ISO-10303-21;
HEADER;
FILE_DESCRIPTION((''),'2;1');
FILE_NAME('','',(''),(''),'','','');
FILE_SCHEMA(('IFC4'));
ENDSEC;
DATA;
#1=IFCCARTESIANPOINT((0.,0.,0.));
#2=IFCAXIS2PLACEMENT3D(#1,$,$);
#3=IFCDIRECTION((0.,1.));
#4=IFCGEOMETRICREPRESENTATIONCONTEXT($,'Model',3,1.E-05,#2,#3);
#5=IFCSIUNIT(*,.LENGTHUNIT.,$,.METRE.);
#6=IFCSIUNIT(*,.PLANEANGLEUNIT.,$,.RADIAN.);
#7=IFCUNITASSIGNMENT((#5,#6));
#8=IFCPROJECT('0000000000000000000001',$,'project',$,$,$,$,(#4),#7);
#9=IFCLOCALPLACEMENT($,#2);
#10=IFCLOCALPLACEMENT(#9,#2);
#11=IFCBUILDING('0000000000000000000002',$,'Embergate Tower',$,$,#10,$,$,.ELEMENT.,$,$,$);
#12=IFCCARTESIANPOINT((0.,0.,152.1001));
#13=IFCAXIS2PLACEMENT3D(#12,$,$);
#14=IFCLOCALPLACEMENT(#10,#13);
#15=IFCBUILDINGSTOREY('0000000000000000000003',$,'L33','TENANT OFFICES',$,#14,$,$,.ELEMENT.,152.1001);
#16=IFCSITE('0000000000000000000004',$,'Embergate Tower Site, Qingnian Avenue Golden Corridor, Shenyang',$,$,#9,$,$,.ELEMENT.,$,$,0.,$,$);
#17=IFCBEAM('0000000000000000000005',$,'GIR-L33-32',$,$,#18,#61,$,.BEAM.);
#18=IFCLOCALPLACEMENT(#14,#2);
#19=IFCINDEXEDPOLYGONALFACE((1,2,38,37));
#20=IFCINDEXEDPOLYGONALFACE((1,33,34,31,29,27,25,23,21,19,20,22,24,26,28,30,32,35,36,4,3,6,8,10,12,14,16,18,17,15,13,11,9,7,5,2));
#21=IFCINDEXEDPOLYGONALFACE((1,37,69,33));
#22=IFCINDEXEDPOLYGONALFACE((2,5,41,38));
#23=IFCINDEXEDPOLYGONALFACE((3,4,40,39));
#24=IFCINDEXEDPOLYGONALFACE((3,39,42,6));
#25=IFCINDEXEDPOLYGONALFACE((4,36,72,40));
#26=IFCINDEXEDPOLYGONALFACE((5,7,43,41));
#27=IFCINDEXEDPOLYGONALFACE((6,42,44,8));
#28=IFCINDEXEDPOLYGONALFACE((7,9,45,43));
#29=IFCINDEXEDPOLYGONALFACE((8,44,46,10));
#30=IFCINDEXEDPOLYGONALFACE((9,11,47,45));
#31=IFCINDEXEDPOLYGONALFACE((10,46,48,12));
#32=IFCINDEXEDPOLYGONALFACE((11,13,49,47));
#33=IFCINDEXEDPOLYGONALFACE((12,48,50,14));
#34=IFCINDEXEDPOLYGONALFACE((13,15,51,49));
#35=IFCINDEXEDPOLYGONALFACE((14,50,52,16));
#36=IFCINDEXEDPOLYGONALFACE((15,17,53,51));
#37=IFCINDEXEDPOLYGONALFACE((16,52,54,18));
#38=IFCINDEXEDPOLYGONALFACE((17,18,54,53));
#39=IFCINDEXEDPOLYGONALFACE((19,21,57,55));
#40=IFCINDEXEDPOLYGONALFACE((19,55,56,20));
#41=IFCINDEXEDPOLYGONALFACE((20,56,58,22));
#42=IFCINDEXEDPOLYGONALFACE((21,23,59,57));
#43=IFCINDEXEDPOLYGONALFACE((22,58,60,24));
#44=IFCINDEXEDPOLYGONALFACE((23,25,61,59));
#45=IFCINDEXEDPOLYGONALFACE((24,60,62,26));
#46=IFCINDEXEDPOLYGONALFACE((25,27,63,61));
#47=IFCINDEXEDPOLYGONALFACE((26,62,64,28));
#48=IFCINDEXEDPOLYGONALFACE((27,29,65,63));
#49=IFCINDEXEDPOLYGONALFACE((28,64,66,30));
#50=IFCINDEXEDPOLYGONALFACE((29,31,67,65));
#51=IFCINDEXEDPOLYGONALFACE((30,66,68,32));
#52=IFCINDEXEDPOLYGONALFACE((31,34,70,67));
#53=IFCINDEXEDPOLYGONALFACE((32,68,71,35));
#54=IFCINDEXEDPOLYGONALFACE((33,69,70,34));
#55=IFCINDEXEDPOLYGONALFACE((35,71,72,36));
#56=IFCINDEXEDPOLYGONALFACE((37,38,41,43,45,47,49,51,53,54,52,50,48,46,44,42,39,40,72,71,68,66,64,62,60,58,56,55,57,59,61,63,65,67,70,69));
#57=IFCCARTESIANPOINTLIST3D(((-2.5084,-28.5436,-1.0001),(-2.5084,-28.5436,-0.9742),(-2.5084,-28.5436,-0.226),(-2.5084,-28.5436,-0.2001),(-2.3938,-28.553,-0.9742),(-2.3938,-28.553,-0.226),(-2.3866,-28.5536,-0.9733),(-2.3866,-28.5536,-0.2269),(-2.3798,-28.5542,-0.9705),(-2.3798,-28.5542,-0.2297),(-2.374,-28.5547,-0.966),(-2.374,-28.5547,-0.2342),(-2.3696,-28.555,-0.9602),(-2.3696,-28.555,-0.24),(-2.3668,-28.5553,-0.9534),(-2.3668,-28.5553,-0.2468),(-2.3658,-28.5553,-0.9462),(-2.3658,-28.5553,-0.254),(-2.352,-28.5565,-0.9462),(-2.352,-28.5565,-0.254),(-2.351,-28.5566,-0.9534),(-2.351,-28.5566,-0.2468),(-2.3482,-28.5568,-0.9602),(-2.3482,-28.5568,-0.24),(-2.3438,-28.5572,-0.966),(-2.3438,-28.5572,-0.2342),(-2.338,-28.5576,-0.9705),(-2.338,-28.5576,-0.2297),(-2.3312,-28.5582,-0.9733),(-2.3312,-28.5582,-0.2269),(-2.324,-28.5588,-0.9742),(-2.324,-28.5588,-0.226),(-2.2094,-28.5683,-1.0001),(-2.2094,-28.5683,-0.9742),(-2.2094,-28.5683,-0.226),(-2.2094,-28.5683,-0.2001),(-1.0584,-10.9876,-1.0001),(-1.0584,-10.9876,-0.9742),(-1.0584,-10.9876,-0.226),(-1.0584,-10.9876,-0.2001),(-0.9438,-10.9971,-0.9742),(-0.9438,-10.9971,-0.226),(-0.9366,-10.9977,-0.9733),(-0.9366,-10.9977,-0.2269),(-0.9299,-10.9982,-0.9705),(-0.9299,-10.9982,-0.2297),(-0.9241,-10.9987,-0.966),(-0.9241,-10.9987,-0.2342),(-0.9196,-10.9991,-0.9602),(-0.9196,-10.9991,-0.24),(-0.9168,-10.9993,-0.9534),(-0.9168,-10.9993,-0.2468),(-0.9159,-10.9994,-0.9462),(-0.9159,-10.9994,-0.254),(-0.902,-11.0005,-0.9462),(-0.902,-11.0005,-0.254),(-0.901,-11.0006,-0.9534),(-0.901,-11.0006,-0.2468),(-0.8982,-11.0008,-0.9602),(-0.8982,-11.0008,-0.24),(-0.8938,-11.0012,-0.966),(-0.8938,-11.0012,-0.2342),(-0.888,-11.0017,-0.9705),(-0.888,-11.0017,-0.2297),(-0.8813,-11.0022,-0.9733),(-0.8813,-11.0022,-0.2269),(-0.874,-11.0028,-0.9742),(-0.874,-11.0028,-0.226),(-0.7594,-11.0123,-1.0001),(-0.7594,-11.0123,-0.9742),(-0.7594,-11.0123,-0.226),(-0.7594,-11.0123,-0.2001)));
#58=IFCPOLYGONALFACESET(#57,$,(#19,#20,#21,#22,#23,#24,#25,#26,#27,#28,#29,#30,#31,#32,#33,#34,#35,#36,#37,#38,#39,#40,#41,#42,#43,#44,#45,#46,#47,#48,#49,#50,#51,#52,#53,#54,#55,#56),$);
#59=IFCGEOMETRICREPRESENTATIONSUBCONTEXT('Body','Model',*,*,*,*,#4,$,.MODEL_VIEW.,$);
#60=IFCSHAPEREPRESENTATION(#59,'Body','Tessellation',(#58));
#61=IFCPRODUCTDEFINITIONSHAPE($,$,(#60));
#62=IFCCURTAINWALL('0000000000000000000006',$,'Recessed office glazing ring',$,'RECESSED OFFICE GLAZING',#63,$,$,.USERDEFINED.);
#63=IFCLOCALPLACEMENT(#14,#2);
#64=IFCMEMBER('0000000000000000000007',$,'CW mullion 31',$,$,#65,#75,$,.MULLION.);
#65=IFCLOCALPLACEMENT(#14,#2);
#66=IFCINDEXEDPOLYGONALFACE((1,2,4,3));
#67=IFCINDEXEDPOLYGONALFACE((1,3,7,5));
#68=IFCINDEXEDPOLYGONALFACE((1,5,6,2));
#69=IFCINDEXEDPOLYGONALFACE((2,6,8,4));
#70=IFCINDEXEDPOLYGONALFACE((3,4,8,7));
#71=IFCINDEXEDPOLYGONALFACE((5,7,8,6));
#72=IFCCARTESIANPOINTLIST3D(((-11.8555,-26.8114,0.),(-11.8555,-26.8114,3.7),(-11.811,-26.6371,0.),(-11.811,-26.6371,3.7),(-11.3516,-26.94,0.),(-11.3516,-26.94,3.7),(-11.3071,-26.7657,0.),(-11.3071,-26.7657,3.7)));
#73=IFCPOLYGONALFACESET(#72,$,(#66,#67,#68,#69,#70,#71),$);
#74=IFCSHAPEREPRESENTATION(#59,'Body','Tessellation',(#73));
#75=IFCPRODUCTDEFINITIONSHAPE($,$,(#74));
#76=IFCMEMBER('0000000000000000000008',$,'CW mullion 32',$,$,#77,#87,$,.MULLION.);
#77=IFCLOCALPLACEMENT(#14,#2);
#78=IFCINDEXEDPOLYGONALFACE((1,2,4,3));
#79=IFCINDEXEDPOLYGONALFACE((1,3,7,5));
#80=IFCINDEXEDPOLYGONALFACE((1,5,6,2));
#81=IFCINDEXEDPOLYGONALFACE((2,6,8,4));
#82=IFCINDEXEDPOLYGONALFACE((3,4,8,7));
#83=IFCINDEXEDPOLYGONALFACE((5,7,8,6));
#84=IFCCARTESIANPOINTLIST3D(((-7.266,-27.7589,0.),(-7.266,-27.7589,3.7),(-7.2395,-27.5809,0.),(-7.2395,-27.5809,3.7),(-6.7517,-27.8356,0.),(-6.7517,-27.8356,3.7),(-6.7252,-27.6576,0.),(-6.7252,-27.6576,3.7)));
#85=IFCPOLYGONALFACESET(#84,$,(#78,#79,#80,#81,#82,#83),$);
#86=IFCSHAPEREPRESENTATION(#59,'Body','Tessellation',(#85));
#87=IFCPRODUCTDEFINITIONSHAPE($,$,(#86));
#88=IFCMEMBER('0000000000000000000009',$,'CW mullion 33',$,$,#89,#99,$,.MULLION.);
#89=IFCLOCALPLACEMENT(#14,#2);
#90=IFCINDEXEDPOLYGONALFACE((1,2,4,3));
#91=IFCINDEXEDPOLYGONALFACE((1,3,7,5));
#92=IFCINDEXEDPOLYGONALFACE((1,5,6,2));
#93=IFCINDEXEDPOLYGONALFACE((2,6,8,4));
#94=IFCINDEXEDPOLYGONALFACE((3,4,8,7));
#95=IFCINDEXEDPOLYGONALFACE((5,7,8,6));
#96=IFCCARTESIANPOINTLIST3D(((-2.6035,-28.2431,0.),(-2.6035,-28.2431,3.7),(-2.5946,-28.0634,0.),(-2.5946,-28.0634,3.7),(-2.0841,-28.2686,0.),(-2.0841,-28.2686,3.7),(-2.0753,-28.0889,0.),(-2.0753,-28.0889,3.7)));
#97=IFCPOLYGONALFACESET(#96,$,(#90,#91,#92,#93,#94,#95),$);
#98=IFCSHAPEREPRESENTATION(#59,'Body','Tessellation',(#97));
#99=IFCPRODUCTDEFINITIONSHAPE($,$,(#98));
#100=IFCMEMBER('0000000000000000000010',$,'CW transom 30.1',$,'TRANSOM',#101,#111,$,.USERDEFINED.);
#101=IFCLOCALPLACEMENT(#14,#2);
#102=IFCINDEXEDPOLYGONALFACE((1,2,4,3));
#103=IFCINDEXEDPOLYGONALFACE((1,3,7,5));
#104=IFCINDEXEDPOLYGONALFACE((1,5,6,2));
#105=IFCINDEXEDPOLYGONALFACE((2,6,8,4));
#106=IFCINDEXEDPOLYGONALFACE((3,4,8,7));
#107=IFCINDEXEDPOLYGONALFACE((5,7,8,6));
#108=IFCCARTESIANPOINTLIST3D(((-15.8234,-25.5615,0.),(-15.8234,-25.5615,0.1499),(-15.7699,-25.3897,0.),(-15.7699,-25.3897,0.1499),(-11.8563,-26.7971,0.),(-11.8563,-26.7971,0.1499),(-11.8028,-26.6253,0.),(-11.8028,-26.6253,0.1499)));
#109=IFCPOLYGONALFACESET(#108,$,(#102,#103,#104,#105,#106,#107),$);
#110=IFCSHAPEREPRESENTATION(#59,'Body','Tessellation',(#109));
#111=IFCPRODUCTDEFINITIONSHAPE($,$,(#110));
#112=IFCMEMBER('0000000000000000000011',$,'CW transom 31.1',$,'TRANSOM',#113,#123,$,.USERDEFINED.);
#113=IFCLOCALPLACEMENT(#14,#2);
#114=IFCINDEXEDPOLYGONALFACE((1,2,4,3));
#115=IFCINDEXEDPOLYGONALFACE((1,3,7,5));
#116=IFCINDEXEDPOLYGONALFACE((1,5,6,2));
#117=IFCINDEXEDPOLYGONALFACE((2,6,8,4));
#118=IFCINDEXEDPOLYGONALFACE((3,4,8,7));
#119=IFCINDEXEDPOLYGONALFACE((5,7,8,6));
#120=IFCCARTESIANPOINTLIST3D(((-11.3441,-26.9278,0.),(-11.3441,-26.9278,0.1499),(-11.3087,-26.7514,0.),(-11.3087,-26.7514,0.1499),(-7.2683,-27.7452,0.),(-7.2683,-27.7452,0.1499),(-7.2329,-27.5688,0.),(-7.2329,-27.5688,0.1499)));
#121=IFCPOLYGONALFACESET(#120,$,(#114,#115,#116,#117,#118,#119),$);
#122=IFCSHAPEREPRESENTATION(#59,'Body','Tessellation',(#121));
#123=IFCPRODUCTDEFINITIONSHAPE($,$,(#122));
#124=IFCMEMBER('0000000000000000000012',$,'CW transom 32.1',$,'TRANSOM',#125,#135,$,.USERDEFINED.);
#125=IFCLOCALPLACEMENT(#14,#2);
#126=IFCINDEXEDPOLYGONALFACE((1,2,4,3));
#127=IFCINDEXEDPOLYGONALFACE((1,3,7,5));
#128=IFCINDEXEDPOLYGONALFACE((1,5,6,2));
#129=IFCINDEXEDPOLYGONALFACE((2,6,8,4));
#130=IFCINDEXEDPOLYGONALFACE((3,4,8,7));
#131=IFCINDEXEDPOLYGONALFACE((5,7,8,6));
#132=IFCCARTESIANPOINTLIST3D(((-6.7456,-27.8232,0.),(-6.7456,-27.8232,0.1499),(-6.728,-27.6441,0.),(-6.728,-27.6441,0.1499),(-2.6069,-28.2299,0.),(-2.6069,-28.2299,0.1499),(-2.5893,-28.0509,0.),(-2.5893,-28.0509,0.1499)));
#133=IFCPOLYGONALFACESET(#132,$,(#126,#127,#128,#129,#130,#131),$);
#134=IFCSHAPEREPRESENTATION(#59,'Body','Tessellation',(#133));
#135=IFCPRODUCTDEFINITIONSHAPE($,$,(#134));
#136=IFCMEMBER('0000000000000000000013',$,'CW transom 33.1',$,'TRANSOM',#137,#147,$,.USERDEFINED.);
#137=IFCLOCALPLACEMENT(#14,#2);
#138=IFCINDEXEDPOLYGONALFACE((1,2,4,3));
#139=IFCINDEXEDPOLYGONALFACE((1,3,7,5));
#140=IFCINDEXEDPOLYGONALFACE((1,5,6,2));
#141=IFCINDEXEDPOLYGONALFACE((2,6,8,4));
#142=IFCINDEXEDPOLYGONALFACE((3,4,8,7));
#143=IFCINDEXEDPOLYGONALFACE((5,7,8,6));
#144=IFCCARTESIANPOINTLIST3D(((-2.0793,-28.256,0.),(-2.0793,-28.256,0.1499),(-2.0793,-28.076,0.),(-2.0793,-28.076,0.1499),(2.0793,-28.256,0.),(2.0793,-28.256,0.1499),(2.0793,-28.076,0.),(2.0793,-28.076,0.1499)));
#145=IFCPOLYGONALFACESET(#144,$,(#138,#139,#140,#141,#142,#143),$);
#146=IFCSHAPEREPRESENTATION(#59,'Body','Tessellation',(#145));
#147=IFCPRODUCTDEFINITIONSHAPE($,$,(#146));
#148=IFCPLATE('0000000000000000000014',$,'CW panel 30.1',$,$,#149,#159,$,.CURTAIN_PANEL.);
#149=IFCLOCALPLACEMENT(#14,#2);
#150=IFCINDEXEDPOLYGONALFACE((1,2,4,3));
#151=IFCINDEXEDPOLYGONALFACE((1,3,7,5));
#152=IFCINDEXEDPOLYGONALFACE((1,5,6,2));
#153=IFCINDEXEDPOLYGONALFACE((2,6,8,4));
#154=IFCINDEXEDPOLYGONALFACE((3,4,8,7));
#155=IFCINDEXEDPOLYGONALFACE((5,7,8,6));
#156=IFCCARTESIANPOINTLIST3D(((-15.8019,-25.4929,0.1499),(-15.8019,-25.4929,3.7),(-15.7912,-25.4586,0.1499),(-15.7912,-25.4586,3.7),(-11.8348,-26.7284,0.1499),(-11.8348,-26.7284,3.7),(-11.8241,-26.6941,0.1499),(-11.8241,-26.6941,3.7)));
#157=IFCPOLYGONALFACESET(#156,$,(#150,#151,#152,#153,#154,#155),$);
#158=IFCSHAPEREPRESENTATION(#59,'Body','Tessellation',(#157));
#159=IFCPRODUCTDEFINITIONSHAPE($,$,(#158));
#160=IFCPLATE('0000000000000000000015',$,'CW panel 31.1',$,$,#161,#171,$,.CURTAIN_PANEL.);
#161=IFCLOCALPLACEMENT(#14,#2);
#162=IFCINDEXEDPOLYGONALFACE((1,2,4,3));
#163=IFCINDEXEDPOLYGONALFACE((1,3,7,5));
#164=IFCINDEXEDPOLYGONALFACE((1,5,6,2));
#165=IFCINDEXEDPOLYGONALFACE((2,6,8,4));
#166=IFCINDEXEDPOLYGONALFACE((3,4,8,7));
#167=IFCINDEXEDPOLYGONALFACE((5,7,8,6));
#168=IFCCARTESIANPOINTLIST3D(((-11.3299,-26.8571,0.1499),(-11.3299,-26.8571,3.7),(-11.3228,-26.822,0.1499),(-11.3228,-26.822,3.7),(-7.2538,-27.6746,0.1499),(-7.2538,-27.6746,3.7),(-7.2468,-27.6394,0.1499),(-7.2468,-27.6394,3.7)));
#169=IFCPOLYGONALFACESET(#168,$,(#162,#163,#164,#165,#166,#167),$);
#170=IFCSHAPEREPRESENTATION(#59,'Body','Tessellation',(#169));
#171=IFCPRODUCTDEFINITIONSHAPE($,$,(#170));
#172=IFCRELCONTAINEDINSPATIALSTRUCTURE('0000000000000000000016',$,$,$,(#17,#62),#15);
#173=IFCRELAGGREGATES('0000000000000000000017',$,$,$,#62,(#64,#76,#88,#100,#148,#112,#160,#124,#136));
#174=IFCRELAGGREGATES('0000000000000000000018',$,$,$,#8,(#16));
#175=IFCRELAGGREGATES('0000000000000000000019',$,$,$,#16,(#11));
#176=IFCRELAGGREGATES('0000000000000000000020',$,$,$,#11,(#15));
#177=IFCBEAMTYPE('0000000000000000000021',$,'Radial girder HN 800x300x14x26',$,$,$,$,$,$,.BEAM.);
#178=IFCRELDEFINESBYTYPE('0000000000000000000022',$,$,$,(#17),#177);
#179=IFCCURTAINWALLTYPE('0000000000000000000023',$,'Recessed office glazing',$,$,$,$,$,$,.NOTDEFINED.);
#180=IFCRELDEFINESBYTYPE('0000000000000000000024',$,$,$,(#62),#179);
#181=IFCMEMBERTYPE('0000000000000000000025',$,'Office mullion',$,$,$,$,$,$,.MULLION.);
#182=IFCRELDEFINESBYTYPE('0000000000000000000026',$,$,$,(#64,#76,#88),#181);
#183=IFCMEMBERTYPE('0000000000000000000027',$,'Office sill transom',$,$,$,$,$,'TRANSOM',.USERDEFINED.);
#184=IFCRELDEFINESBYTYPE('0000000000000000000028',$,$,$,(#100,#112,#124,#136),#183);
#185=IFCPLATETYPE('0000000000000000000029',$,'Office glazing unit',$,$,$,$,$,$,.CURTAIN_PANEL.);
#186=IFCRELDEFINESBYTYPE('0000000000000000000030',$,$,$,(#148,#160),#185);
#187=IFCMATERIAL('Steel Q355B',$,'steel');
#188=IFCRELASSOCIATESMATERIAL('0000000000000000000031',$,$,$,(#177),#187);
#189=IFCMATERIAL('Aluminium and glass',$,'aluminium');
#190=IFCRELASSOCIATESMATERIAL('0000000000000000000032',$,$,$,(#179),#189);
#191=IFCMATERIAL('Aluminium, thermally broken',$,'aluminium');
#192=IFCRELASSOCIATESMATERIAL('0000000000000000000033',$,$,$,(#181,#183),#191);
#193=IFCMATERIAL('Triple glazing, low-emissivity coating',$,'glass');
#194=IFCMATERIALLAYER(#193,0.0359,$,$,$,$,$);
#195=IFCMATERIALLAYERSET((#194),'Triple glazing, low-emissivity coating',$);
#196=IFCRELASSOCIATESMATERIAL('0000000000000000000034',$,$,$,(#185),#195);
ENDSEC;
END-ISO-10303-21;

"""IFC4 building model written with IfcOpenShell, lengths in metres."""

from ifc_helpers import new_model, si_unit, direction, frame, origin, origin_2d, place, context, subcontext, project, spatial, rectangle, i_section, extrude, source, transform, mapped, material, layer, layer_set, material_profile, profile_set, type_object, element, aggregate, save


model = new_model("IFC4")

# Units and contexts
model_context = context("Model", 3, precision=1e-05, world=origin(), true_north=direction((0.0, 1.0)))
body_context = subcontext(model_context, "Body", "Model", "MODEL_VIEW")
ifc_project = project(units=[si_unit("LENGTHUNIT", "METRE"), si_unit("PLANEANGLEUNIT", "RADIAN")], contexts=[model_context])

# Site, building, storey
site_placement = place(None, origin())
site = spatial("IfcSite", under=ifc_project, at=site_placement, Name="Embergate Tower Site, Qingnian Avenue Golden Corridor, Shenyang", CompositionType="ELEMENT", RefElevation=0.0)
building_placement = place(site_placement, origin())
building = spatial("IfcBuilding", under=site, at=building_placement, Name="Embergate Tower", CompositionType="ELEMENT")
storey_placement = place(building_placement, frame((0.0, 0.0, 152.1001)))
storey = spatial("IfcBuildingStorey", under=building, at=storey_placement, Name="L33", Description="TENANT OFFICES", CompositionType="ELEMENT", Elevation=152.1001)

# Beam
ifc_material_1 = material(Name="Steel Q355B", Category="steel")
ifc_material_profile_1 = material_profile(ifc_material_1, i_section(OverallWidth=0.3, OverallDepth=0.8, WebThickness=0.0139, FlangeThickness=0.0259, FilletRadius=0.0281, at=origin_2d()), Name="HN 800x300x14x26")
ifc_profile_set_1 = profile_set([ifc_material_profile_1], Name="Steel Q355 grade B")
beam_type_1 = type_object("IfcBeamType", Name="Radial girder HN 800x300x14x26", PredefinedType="BEAM", material=ifc_profile_set_1)
shared_shape_1 = source(origin(), body_context, "Body", "SweptSolid", [
    extrude(i_section(OverallWidth=0.3, OverallDepth=0.8, WebThickness=0.0139, FlangeThickness=0.0259, FilletRadius=0.0281, at=origin_2d()), origin(), (0.0, 0.0, 1.0), 17.6157),
])
beam_1_placement = place(storey_placement, frame((-2.3589, -28.5559, -0.6001), z_axis=(0.08231, 0.996607, 0.0), x_axis=(-0.996607, 0.08231, 0.0)))
element("IfcBeam", 1, at=beam_1_placement, inside=storey, type_object=beam_type_1, Name="GIR-L33-32", PredefinedType="BEAM", context=body_context, shape_type="MappedRepresentation", body=[
    mapped(shared_shape_1, transform((0.0, 0.0, 0.0))),
])

# Curtain wall, members
ifc_material_2 = material(Name="Aluminium and glass", Category="aluminium")
curtain_wall_type = type_object("IfcCurtainWallType", Name="Recessed office glazing", PredefinedType="NOTDEFINED", material=ifc_material_2)
curtain_wall_placement = place(storey_placement, origin())
curtain_wall = element("IfcCurtainWall", 2, at=curtain_wall_placement, inside=storey, type_object=curtain_wall_type, Name="Recessed office glazing ring", ObjectType="RECESSED OFFICE GLAZING", PredefinedType="USERDEFINED")
ifc_material_3 = material(Name="Aluminium, thermally broken", Category="aluminium")
ifc_material_profile_2 = material_profile(ifc_material_3, rectangle(XDim=0.1799, YDim=0.52, at=origin_2d()), Name="AL 520x180")
ifc_profile_set_2 = profile_set([ifc_material_profile_2], Name="Aluminium, thermally broken")
member_type_1 = type_object("IfcMemberType", Name="Office mullion", PredefinedType="MULLION", material=ifc_profile_set_2)
shared_shape_2 = source(origin(), body_context, "Body", "SweptSolid", [
    extrude(rectangle(XDim=0.1799, YDim=0.52, at=origin_2d()), origin(), (0.0, 0.0, 1.0), 3.7),
])
member_1_placement = place(storey_placement, frame((-11.5813, -26.7886, 0.0), z_axis=(0.0, 0.0, 1.0), x_axis=(0.247312, 0.968936, 0.0)))
member_1 = element("IfcMember", 3, at=member_1_placement, type_object=member_type_1, Name="CW mullion 31", PredefinedType="MULLION", context=body_context, shape_type="MappedRepresentation", body=[
    mapped(shared_shape_2, transform((0.0, 0.0, 0.0))),
])
member_2_placement = place(storey_placement, frame((-6.9956, -27.7083, 0.0), z_axis=(0.0, 0.0, 1.0), x_axis=(0.147412, 0.989075, 0.0)))
member_2 = element("IfcMember", 4, at=member_2_placement, type_object=member_type_1, Name="CW mullion 32", PredefinedType="MULLION", context=body_context, shape_type="MappedRepresentation", body=[
    mapped(shared_shape_2, transform((0.0, 0.0, 0.0))),
])
member_3_placement = place(storey_placement, frame((-2.3394, -28.166, 0.0), z_axis=(0.0, 0.0, 1.0), x_axis=(0.048972, 0.9988, 0.0)))
member_3 = element("IfcMember", 5, at=member_3_placement, type_object=member_type_1, Name="CW mullion 33", PredefinedType="MULLION", context=body_context, shape_type="MappedRepresentation", body=[
    mapped(shared_shape_2, transform((0.0, 0.0, 0.0))),
])
ifc_material_profile_3 = material_profile(ifc_material_3, rectangle(XDim=0.1799, YDim=0.1499, at=origin_2d()), Name="AL 150x180")
ifc_profile_set_3 = profile_set([ifc_material_profile_3], Name="Aluminium, thermally broken")
member_type_2 = type_object("IfcMemberType", Name="Office sill transom", ElementType="TRANSOM", PredefinedType="USERDEFINED", material=ifc_profile_set_3)
shared_shape_3 = source(origin(), body_context, "Body", "SweptSolid", [
    extrude(rectangle(XDim=0.1799, YDim=0.1499, at=origin_2d()), origin(), (0.0, 0.0, 1.0), 4.155),
])
member_4_placement = place(storey_placement, frame((-15.7966, -25.4756, 0.075), z_axis=(0.954761, -0.297375, 0.0), x_axis=(0.297375, 0.954761, 0.0)))
member_4 = element("IfcMember", 6, at=member_4_placement, type_object=member_type_2, Name="CW transom 30.1", ObjectType="TRANSOM", PredefinedType="USERDEFINED", context=body_context, shape_type="MappedRepresentation", body=[
    mapped(shared_shape_3, transform((0.0, 0.0, 0.0))),
])
shared_shape_4 = source(origin(), body_context, "Body", "SweptSolid", [
    extrude(rectangle(XDim=0.1799, YDim=0.1499, at=origin_2d()), origin(), (0.0, 0.0, 1.0), 4.157),
])
member_5_placement = place(storey_placement, frame((-11.3264, -26.8396, 0.075), z_axis=(0.980479, -0.196624, 0.0), x_axis=(0.196624, 0.980479, 0.0)))
member_5 = element("IfcMember", 7, at=member_5_placement, type_object=member_type_2, Name="CW transom 31.1", ObjectType="TRANSOM", PredefinedType="USERDEFINED", context=body_context, shape_type="MappedRepresentation", body=[
    mapped(shared_shape_4, transform((0.0, 0.0, 0.0))),
])
shared_shape_5 = source(origin(), body_context, "Body", "SweptSolid", [
    extrude(rectangle(XDim=0.1799, YDim=0.1499, at=origin_2d()), origin(), (0.0, 0.0, 1.0), 4.1587),
])
member_6_placement = place(storey_placement, frame((-6.7368, -27.7336, 0.075), z_axis=(0.995205, -0.097806, 0.0), x_axis=(0.097806, 0.995205, 0.0)))
member_6 = element("IfcMember", 8, at=member_6_placement, type_object=member_type_2, Name="CW transom 32.1", ObjectType="TRANSOM", PredefinedType="USERDEFINED", context=body_context, shape_type="MappedRepresentation", body=[
    mapped(shared_shape_5, transform((0.0, 0.0, 0.0))),
])
member_7_placement = place(storey_placement, frame((-2.0793, -28.166, 0.075), z_axis=(1.0, 0.0, 0.0), x_axis=(0.0, 1.0, 0.0)))
member_7 = element("IfcMember", 9, at=member_7_placement, type_object=member_type_2, Name="CW transom 33.1", ObjectType="TRANSOM", PredefinedType="USERDEFINED", context=body_context, shape_type="MappedRepresentation", body=[
    mapped(shared_shape_5, transform((0.0, 0.0, 0.0))),
])

# Plates
ifc_material_4 = material(Name="Triple glazing, low-emissivity coating", Category="glass")
ifc_layer_1 = layer(ifc_material_4, 0.0359)
ifc_layer_set_1 = layer_set([ifc_layer_1], Name="Triple glazing, low-emissivity coating")
plate_type = type_object("IfcPlateType", Name="Office glazing unit", PredefinedType="CURTAIN_PANEL", material=ifc_layer_set_1)
shared_shape_6 = source(origin(), body_context, "Body", "SweptSolid", [
    extrude(rectangle(XDim=4.155, YDim=0.0359, at=origin_2d()), origin(), (0.0, 0.0, 1.0), 3.55),
])
plate_1_placement = place(storey_placement, frame((-13.813, -26.0935, 0.1499), z_axis=(0.0, 0.0, 1.0), x_axis=(0.954772, -0.297338, 0.0)))
plate_1 = element("IfcPlate", 10, at=plate_1_placement, type_object=plate_type, Name="CW panel 30.1", PredefinedType="CURTAIN_PANEL", context=body_context, shape_type="MappedRepresentation", body=[
    mapped(shared_shape_6, transform((0.0, 0.0, 0.0))),
])
shared_shape_7 = source(origin(), body_context, "Body", "SweptSolid", [
    extrude(rectangle(XDim=4.1572, YDim=0.0359, at=origin_2d()), origin(), (0.0, 0.0, 1.0), 3.55),
])
plate_2_placement = place(storey_placement, frame((-9.2883, -27.2483, 0.1499), z_axis=(0.0, 0.0, 1.0), x_axis=(0.980476, -0.196639, 0.0)))
plate_2 = element("IfcPlate", 11, at=plate_2_placement, type_object=plate_type, Name="CW panel 31.1", PredefinedType="CURTAIN_PANEL", context=body_context, shape_type="MappedRepresentation", body=[
    mapped(shared_shape_7, transform((0.0, 0.0, 0.0))),
])
aggregate(curtain_wall, [member_1, member_2, member_3, member_4, plate_1, member_5, plate_2, member_6, member_7])

save(model, "model.ifc")
